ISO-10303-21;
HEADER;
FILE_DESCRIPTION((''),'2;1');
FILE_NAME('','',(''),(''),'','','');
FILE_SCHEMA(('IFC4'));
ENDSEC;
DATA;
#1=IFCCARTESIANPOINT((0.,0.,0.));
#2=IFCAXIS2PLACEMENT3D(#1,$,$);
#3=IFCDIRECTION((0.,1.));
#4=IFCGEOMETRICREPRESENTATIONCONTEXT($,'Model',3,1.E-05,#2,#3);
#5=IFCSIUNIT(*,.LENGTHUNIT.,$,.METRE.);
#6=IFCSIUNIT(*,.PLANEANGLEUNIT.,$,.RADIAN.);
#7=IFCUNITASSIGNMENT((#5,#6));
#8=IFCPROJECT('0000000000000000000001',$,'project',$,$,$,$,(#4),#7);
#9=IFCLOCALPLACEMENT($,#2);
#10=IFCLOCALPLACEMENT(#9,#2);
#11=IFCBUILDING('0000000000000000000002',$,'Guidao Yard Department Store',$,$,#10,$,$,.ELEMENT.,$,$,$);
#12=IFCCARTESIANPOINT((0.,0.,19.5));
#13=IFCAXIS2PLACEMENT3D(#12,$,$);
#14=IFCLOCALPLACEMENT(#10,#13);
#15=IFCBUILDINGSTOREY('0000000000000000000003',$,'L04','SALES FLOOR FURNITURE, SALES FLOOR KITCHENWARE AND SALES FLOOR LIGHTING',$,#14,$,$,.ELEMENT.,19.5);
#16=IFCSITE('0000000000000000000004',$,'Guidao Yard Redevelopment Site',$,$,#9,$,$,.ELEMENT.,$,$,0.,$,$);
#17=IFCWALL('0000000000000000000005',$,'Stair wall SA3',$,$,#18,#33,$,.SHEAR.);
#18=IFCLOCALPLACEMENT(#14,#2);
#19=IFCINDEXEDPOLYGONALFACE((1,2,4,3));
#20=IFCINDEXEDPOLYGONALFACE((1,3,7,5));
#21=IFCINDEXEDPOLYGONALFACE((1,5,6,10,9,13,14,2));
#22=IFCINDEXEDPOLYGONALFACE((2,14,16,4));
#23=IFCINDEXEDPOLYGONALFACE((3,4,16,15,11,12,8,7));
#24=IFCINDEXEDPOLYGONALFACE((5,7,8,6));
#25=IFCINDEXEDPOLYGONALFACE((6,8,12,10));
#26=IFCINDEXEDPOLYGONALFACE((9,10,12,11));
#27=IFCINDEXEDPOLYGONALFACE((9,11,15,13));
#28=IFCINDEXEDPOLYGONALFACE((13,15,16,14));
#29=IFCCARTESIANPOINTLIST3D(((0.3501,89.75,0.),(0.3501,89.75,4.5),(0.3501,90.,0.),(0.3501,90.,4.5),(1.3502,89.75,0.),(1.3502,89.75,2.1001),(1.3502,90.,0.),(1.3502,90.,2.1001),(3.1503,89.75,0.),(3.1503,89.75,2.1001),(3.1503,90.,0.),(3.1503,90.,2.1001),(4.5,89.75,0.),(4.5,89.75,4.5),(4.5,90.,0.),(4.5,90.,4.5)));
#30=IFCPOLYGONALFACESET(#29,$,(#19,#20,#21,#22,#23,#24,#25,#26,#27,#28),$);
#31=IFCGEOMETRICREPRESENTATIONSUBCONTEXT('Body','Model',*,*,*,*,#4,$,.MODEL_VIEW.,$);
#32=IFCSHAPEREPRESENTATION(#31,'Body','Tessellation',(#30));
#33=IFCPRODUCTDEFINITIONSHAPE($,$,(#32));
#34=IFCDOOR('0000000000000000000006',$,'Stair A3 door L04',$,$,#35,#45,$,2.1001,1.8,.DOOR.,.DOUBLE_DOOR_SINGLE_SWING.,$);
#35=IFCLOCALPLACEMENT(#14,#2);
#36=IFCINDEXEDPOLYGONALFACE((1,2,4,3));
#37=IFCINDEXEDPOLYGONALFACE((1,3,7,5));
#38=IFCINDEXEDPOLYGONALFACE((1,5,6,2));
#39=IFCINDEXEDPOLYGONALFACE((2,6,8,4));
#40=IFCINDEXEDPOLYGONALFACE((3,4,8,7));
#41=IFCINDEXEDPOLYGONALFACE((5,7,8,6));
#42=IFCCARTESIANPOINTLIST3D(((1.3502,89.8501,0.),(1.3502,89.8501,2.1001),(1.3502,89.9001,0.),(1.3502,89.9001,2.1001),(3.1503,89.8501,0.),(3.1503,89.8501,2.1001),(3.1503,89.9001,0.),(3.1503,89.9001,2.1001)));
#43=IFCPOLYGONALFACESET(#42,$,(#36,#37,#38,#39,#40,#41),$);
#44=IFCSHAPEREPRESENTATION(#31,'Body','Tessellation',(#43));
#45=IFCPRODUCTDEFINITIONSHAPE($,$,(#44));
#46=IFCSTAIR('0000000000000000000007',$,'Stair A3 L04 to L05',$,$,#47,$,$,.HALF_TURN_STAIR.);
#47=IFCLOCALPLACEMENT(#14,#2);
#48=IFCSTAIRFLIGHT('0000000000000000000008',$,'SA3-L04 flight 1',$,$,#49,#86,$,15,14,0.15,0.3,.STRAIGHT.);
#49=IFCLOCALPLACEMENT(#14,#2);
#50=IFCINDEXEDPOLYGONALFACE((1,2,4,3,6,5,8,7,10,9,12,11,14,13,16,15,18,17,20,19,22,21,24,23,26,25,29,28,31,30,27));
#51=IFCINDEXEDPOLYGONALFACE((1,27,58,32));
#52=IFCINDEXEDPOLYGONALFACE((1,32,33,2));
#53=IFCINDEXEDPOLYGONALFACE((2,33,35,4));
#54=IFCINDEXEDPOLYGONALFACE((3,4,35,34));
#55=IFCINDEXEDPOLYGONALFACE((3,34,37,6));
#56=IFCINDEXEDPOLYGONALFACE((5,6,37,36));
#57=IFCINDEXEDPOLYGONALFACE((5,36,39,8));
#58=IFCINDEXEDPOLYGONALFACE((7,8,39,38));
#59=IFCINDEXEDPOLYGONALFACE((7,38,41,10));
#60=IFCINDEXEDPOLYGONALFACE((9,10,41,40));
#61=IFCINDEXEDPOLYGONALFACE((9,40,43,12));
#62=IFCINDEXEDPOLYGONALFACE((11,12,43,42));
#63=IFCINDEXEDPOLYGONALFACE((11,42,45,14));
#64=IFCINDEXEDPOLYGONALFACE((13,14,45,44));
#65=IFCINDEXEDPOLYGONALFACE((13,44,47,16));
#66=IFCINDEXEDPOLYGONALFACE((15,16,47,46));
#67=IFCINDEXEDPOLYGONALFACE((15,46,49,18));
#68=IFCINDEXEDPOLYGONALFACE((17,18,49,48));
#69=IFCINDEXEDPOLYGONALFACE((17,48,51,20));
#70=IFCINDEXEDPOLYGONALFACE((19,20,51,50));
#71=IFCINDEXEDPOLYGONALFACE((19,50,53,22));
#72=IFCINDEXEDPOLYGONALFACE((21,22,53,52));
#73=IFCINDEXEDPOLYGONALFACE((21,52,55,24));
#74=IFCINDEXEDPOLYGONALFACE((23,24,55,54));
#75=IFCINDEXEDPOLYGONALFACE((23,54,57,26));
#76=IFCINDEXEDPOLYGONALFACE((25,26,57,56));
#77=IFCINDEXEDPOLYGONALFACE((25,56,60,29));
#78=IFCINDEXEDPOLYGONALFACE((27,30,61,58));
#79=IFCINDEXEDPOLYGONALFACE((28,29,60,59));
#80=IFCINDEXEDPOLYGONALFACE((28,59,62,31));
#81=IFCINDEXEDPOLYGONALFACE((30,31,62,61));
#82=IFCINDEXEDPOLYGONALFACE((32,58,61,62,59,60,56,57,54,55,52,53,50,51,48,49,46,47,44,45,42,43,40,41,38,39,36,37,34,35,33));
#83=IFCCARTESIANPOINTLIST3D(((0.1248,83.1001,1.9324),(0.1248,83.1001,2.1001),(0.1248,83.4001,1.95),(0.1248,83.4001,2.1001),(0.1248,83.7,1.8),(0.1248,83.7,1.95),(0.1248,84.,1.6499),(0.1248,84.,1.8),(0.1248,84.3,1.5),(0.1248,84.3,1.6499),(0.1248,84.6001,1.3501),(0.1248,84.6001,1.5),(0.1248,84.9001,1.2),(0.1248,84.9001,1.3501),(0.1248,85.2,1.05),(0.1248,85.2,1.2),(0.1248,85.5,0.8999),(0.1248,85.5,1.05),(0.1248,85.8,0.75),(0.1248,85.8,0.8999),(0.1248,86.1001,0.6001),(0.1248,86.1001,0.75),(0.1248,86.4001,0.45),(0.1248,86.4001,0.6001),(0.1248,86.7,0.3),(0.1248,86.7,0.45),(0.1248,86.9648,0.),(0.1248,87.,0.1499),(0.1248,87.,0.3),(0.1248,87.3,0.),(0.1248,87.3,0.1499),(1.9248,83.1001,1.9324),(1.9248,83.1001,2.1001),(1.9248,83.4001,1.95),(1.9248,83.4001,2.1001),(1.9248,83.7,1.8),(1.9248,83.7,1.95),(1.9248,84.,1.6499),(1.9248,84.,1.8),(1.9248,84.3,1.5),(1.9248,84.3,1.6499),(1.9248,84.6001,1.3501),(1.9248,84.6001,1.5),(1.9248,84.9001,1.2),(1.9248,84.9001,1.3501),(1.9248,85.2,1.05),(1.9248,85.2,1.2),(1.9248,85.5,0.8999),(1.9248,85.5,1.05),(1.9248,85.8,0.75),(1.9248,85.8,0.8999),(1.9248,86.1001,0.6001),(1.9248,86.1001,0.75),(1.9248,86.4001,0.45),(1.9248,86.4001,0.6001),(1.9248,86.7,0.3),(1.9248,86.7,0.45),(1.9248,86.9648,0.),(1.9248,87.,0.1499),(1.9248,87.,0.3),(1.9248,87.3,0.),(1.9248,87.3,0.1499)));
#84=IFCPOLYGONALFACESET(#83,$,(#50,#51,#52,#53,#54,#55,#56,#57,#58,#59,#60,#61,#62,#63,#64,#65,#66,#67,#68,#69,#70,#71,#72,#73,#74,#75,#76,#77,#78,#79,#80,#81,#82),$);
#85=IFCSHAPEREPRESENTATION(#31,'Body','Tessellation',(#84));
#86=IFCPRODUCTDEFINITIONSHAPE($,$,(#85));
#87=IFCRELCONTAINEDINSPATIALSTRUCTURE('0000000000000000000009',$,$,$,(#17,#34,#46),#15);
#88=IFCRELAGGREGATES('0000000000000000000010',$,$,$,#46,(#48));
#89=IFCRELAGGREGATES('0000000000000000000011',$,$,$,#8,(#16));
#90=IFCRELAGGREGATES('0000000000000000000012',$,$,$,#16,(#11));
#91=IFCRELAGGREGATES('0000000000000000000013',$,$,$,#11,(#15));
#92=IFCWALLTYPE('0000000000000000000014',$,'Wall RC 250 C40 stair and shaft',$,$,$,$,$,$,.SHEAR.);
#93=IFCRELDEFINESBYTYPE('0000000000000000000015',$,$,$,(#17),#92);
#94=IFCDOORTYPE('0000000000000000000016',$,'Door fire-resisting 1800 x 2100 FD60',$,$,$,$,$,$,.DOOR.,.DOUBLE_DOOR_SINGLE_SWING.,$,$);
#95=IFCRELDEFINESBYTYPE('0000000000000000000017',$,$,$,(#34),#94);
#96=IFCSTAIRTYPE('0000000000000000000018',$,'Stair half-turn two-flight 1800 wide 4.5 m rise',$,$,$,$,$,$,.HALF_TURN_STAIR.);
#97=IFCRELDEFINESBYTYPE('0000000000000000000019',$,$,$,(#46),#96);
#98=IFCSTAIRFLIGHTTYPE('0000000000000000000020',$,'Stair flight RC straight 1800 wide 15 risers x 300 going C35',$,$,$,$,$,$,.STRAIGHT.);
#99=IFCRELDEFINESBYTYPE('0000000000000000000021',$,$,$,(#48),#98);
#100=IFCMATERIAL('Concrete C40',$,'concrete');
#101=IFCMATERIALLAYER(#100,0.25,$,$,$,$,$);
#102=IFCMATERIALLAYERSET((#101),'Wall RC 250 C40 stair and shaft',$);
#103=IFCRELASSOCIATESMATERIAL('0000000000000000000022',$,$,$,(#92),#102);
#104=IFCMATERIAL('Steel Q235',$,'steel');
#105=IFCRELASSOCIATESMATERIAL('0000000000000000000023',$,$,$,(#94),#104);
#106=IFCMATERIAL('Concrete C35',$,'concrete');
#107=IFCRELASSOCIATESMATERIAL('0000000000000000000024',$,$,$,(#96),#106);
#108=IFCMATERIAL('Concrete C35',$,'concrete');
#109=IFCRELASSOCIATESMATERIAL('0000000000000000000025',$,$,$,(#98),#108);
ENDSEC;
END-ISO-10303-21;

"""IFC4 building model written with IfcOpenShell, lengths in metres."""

from ifc_helpers import new_model, si_unit, direction, frame, frame_2d, origin, place, context, subcontext, project, spatial, polyline, rectangle, outline, extrude, material, layer, layer_set, type_object, element, fill, aggregate, save


model = new_model("IFC4")

# Units and contexts
model_context = context("Model", 3, precision=1e-05, world=origin(), true_north=direction((0.0, 1.0)))
body_context = subcontext(model_context, "Body", "Model", "MODEL_VIEW")
ifc_project = project(units=[si_unit("LENGTHUNIT", "METRE"), si_unit("PLANEANGLEUNIT", "RADIAN")], contexts=[model_context])

# Site, building, storey
site_placement = place(None, origin())
site = spatial("IfcSite", under=ifc_project, at=site_placement, Name="Guidao Yard Redevelopment Site", CompositionType="ELEMENT", RefElevation=0.0)
building_placement = place(site_placement, origin())
building = spatial("IfcBuilding", under=site, at=building_placement, Name="Guidao Yard Department Store", CompositionType="ELEMENT")
storey_placement = place(building_placement, frame((0.0, 0.0, 19.5)))
storey = spatial("IfcBuildingStorey", under=building, at=storey_placement, Name="L04", Description="SALES FLOOR FURNITURE, SALES FLOOR KITCHENWARE AND SALES FLOOR LIGHTING", CompositionType="ELEMENT", Elevation=19.5)

# Wall, opening, door
ifc_material_1 = material(Name="Concrete C40", Category="concrete")
ifc_layer_1 = layer(ifc_material_1, 0.25)
ifc_layer_set_1 = layer_set([ifc_layer_1], Name="Wall RC 250 C40 stair and shaft")
wall_type_1 = type_object("IfcWallType", Name="Wall RC 250 C40 stair and shaft", PredefinedType="SHEAR", material=ifc_layer_set_1)
wall_1_placement = place(storey_placement, frame((0.3501, 89.875, 0.0), z_axis=(0.0, 0.0, 1.0), x_axis=(1.0, 0.0, 0.0)))
wall_1 = element("IfcWall", 1, at=wall_1_placement, inside=storey, type_object=wall_type_1, Name="Stair wall SA3", PredefinedType="SHEAR", context=body_context, shape_type="SweptSolid", body=[
    extrude(rectangle(XDim=4.1499, YDim=0.25, at=frame_2d((2.075, 0.0))), origin(), (0.0, 0.0, 1.0), 4.5),
])
opening_1_placement = place(wall_1_placement, frame((2.8, 0.0, 0.0), z_axis=(0.0, 0.0, 1.0), x_axis=(-1.0, 0.0, 0.0)))
opening_1 = element("IfcOpeningElement", 2, at=opening_1_placement, cuts=wall_1, PredefinedType="OPENING", context=body_context, shape_type="SweptSolid", body=[
    extrude(rectangle(XDim=1.8, YDim=2.1001, at=frame_2d((0.8999, 1.05))), frame((0.0, 0.135, 0.0), z_axis=(0.0, -1.0, 0.0), x_axis=(1.0, 0.0, 0.0)), (0.0, 0.0, 1.0), 0.27),
])
ifc_material_2 = material(Name="Steel Q235", Category="steel")
door_type_1 = type_object("IfcDoorType", Name="Door fire-resisting 1800 x 2100 FD60", OperationType="DOUBLE_DOOR_SINGLE_SWING", PredefinedType="DOOR", material=ifc_material_2)
door_1_placement = place(opening_1_placement, origin())
door_1 = element("IfcDoor", 3, at=door_1_placement, inside=storey, type_object=door_type_1, Name="Stair A3 door L04", OperationType="DOUBLE_DOOR_SINGLE_SWING", OverallHeight=2.1001, OverallWidth=1.8, PredefinedType="DOOR", context=body_context, shape_type="SweptSolid", body=[
    extrude(rectangle(XDim=1.8, YDim=2.1001, at=frame_2d((0.8999, 1.05))), frame((0.0, 0.0249, 0.0), z_axis=(0.0, -1.0, 0.0), x_axis=(1.0, 0.0, 0.0)), (0.0, 0.0, 1.0), 0.05),
])
fill(opening_1, door_1)

# Stair, stair flight
ifc_material_3 = material(Name="Concrete C35", Category="concrete")
stair_type = type_object("IfcStairType", Name="Stair half-turn two-flight 1800 wide 4.5 m rise", PredefinedType="HALF_TURN_STAIR", material=ifc_material_3)
stair_placement = place(storey_placement, origin())
stair = element("IfcStair", 4, at=stair_placement, inside=storey, type_object=stair_type, Name="Stair A3 L04 to L05", PredefinedType="HALF_TURN_STAIR")
ifc_material_4 = material(Name="Concrete C35", Category="concrete")
stair_flight_type = type_object("IfcStairFlightType", Name="Stair flight RC straight 1800 wide 15 risers x 300 going C35", PredefinedType="STRAIGHT", material=ifc_material_4)
stair_flight_placement = place(storey_placement, frame((1.0249, 87.3, 0.0), z_axis=(0.0, 0.0, 1.0), x_axis=(0.0, -1.0, 0.0)))
stair_flight = element("IfcStairFlight", 5, at=stair_flight_placement, type_object=stair_flight_type, Name="SA3-L04 flight 1", NumberOfRisers=15, NumberOfTreads=14, PredefinedType="STRAIGHT", RiserHeight=0.15, TreadLength=0.3, context=body_context, shape_type="SweptSolid", body=[
    extrude(outline(polyline([(0.0, 0.0), (0.0, 0.1499), (0.3, 0.1499), (0.3, 0.3), (0.6001, 0.3), (0.6001, 0.45), (0.8999, 0.45), (0.8999, 0.6001), (1.2, 0.6001), (1.2, 0.75), (1.5, 0.75), (1.5, 0.8999), (1.8, 0.8999), (1.8, 1.05), (2.1001, 1.05), (2.1001, 1.2), (2.3999, 1.2), (2.3999, 1.3501), (2.7, 1.3501), (2.7, 1.5), (3.0, 1.5), (3.0, 1.6499), (3.3, 1.6499), (3.3, 1.8), (3.6001, 1.8), (3.6001, 1.95), (3.8999, 1.95), (3.8999, 2.1001), (4.2, 2.1001), (4.2, 2.25), (4.2, 1.9324), (0.3352, 0.0), (0.0, 0.0)])), frame((0.0, 0.8999, 0.0), z_axis=(0.0, -1.0, 0.0), x_axis=(1.0, 0.0, 0.0)), (0.0, 0.0, 1.0), 1.8),
])
aggregate(stair, [stair_flight])

save(model, "model.ifc")
